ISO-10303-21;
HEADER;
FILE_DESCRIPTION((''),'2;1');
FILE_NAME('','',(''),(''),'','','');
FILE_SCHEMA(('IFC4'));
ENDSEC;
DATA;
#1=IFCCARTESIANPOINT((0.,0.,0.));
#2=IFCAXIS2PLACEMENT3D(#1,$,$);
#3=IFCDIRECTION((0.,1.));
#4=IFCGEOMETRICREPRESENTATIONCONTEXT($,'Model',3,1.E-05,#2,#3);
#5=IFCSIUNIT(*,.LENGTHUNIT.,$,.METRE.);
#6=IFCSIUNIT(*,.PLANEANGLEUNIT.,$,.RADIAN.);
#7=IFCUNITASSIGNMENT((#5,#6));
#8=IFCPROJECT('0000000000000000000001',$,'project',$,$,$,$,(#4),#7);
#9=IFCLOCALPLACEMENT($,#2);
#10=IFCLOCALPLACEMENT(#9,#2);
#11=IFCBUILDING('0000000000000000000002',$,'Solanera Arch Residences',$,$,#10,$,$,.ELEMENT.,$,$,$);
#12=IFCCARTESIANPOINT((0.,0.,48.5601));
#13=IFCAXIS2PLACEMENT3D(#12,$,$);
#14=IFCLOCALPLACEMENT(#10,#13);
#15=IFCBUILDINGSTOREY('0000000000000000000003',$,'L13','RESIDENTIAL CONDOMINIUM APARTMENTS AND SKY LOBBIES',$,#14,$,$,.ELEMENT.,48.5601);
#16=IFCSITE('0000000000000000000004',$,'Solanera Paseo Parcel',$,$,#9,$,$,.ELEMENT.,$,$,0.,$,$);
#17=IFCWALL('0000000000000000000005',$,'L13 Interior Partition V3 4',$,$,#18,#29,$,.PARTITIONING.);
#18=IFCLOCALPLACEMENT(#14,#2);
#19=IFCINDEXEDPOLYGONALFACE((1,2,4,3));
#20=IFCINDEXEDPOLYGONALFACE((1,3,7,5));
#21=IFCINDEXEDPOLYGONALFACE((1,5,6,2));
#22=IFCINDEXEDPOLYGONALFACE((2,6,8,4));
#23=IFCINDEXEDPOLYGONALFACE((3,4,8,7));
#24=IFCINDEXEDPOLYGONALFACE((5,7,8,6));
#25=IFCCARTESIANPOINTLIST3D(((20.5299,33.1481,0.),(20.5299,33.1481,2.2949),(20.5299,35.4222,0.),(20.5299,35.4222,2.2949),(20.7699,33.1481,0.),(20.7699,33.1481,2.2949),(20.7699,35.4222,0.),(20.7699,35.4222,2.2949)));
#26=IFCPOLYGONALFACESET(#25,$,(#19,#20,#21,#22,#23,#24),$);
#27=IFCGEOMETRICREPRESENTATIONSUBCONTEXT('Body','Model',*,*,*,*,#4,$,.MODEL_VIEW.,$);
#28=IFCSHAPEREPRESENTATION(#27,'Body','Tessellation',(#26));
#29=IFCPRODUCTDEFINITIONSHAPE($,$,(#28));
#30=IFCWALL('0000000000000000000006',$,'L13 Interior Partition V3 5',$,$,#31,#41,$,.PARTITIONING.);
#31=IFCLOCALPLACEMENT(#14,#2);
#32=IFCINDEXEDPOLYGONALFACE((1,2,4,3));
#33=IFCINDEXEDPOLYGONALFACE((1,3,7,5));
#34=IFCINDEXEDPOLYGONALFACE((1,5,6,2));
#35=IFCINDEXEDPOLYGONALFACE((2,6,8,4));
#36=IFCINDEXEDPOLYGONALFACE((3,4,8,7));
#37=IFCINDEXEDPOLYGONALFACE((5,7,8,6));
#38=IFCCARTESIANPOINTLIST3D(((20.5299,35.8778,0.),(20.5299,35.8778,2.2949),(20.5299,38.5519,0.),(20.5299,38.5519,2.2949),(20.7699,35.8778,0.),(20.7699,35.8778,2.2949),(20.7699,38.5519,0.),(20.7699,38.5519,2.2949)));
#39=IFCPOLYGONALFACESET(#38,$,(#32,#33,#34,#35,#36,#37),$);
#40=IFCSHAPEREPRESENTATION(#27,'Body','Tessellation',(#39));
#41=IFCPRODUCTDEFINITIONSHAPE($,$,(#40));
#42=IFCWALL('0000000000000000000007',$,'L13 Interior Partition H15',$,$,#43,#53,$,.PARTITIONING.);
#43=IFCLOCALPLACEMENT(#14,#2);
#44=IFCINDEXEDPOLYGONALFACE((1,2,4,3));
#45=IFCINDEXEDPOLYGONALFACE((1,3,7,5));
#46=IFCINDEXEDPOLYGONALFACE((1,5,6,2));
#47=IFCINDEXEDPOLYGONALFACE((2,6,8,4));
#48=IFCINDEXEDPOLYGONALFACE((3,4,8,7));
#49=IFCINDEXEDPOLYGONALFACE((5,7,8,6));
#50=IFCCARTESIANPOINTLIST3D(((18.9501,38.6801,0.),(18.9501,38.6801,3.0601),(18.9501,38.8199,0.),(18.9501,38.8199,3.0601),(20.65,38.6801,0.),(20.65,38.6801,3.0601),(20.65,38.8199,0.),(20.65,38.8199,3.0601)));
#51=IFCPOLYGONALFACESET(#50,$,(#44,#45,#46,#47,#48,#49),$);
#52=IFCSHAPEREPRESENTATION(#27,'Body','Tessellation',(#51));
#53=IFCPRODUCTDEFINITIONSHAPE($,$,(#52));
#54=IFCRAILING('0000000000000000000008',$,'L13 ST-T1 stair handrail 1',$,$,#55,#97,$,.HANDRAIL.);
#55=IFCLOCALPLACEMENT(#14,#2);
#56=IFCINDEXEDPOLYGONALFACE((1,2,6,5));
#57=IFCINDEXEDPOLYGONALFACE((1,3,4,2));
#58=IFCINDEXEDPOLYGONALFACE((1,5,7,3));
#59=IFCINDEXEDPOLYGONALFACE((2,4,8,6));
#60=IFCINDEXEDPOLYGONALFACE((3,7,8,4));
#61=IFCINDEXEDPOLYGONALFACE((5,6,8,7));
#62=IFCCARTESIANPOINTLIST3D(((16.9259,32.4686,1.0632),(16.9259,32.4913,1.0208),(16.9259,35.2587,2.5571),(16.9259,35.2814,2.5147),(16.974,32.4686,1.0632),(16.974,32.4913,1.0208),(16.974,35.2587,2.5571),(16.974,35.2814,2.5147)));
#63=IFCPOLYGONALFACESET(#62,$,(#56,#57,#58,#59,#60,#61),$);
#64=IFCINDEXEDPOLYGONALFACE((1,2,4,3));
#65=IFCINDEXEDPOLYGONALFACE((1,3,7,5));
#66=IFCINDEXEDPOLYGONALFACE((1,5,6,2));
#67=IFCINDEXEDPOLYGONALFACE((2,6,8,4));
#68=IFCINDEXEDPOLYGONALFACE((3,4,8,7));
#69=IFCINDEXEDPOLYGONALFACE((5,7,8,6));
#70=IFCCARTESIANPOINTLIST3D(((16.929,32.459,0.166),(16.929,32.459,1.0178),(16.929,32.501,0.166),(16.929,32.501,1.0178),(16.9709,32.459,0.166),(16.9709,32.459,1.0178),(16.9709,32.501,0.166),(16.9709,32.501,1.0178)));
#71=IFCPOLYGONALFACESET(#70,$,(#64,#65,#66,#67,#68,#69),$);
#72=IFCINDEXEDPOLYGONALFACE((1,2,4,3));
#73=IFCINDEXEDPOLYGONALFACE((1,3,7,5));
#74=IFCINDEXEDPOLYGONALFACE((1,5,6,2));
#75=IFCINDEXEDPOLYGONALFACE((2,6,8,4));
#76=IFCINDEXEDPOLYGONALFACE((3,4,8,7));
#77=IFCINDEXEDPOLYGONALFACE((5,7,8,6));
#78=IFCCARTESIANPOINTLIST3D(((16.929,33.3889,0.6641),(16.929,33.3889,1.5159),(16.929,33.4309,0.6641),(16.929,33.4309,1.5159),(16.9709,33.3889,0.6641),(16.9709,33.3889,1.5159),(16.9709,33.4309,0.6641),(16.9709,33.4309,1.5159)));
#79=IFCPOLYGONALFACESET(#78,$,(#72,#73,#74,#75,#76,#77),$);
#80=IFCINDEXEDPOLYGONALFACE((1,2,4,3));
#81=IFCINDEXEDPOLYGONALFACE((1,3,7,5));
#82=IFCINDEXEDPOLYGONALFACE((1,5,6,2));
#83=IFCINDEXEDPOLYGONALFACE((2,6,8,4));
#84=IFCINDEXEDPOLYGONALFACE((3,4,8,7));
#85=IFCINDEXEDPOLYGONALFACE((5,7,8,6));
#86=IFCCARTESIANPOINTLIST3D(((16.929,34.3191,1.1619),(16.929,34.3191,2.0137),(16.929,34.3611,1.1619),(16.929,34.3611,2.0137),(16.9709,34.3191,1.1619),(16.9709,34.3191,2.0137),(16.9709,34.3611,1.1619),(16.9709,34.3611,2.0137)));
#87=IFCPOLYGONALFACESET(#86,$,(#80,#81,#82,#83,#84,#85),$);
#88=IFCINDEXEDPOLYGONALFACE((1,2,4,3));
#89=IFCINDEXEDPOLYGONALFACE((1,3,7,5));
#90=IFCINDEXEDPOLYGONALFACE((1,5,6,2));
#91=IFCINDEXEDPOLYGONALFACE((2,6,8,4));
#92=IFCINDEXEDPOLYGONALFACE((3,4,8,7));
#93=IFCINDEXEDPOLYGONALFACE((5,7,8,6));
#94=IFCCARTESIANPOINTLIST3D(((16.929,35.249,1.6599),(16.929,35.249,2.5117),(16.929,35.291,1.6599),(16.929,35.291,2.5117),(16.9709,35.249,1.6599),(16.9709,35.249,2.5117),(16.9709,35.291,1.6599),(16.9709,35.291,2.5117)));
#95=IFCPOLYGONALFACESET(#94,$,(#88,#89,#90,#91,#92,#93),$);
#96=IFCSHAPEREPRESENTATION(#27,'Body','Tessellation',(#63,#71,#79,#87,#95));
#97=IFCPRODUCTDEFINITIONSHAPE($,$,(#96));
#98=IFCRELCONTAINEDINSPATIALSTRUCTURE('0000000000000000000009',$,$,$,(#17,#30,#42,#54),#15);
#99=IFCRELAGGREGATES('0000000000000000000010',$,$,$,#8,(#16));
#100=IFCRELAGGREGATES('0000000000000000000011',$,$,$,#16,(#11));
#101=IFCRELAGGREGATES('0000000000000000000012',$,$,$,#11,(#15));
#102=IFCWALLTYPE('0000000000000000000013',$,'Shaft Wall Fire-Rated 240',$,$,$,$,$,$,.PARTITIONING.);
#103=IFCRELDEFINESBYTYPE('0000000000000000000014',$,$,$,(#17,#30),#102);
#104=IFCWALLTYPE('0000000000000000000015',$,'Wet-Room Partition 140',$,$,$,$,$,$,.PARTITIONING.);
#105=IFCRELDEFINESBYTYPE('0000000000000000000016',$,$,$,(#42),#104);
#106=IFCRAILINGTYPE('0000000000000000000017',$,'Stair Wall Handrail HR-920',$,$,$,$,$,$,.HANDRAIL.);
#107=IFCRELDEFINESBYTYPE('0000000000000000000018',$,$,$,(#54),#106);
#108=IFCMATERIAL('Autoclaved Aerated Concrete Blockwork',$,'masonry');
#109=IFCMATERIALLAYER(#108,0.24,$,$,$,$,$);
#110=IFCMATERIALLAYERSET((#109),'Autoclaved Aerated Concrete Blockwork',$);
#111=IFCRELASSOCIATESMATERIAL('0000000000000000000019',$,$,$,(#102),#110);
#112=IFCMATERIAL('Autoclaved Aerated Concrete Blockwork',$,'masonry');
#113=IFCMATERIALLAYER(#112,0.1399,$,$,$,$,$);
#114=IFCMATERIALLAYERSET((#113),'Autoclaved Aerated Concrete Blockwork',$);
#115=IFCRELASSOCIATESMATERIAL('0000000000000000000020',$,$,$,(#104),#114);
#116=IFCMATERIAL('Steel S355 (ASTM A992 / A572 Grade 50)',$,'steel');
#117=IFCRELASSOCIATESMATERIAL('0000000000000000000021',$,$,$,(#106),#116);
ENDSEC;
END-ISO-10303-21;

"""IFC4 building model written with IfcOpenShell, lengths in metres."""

from ifc_helpers import new_model, si_unit, direction, frame, frame_2d, origin, origin_2d, place, context, subcontext, project, spatial, rectangle, extrude, material, layer, layer_set, type_object, element, save


model = new_model("IFC4")

# Units and contexts
model_context = context("Model", 3, precision=1e-05, world=origin(), true_north=direction((0.0, 1.0)))
body_context = subcontext(model_context, "Body", "Model", "MODEL_VIEW")
ifc_project = project(units=[si_unit("LENGTHUNIT", "METRE"), si_unit("PLANEANGLEUNIT", "RADIAN")], contexts=[model_context])

# Site, building, storey
site_placement = place(None, origin())
site = spatial("IfcSite", under=ifc_project, at=site_placement, Name="Solanera Paseo Parcel", CompositionType="ELEMENT", RefElevation=0.0)
building_placement = place(site_placement, origin())
building = spatial("IfcBuilding", under=site, at=building_placement, Name="Solanera Arch Residences", CompositionType="ELEMENT")
storey_placement = place(building_placement, frame((0.0, 0.0, 48.5601)))
storey = spatial("IfcBuildingStorey", under=building, at=storey_placement, Name="L13", Description="RESIDENTIAL CONDOMINIUM APARTMENTS AND SKY LOBBIES", CompositionType="ELEMENT", Elevation=48.5601)

# Shared definitions
ifc_material_1 = material(Name="Autoclaved Aerated Concrete Blockwork", Category="masonry")
ifc_layer_1 = layer(ifc_material_1, 0.24)
ifc_layer_set_1 = layer_set([ifc_layer_1], Name="Autoclaved Aerated Concrete Blockwork")
wall_type_1 = type_object("IfcWallType", Name="Shaft Wall Fire-Rated 240", PredefinedType="PARTITIONING", material=ifc_layer_set_1)

# Walls
wall_1_placement = place(storey_placement, frame((20.6499, 33.1479, 0.0), z_axis=(0.0, 0.0, 1.0), x_axis=(0.0, 1.0, 0.0)))
element("IfcWall", 1, at=wall_1_placement, inside=storey, type_object=wall_type_1, Name="L13 Interior Partition V3 4", PredefinedType="PARTITIONING", context=body_context, shape_type="SweptSolid", body=[
    extrude(rectangle(XDim=2.2742, YDim=0.24, at=frame_2d((1.1372, 0.0))), origin(), (0.0, 0.0, 1.0), 2.2949),
])
wall_2_placement = place(storey_placement, frame((20.6499, 35.8779, 0.0), z_axis=(0.0, 0.0, 1.0), x_axis=(0.0, 1.0, 0.0)))
element("IfcWall", 2, at=wall_2_placement, inside=storey, type_object=wall_type_1, Name="L13 Interior Partition V3 5", PredefinedType="PARTITIONING", context=body_context, shape_type="SweptSolid", body=[
    extrude(rectangle(XDim=2.6741, YDim=0.24, at=frame_2d((1.3369, 0.0))), origin(), (0.0, 0.0, 1.0), 2.2949),
])
ifc_material_2 = material(Name="Autoclaved Aerated Concrete Blockwork", Category="masonry")
ifc_layer_2 = layer(ifc_material_2, 0.1399)
ifc_layer_set_2 = layer_set([ifc_layer_2], Name="Autoclaved Aerated Concrete Blockwork")
wall_type_2 = type_object("IfcWallType", Name="Wet-Room Partition 140", PredefinedType="PARTITIONING", material=ifc_layer_set_2)
wall_3_placement = place(storey_placement, frame((18.95, 38.75, 0.0), z_axis=(0.0, 0.0, 1.0), x_axis=(1.0, 0.0, 0.0)))
element("IfcWall", 3, at=wall_3_placement, inside=storey, type_object=wall_type_2, Name="L13 Interior Partition H15", PredefinedType="PARTITIONING", context=body_context, shape_type="SweptSolid", body=[
    extrude(rectangle(XDim=1.7, YDim=0.1399, at=frame_2d((0.8501, 0.0))), origin(), (0.0, 0.0, 1.0), 3.0601),
])

# Railing
ifc_material_3 = material(Name="Steel S355 (ASTM A992 / A572 Grade 50)", Category="steel")
railing_type = type_object("IfcRailingType", Name="Stair Wall Handrail HR-920", PredefinedType="HANDRAIL", material=ifc_material_3)
railing_placement = place(storey_placement, frame((16.95, 32.48, 0.166)))
element("IfcRailing", 4, at=railing_placement, inside=storey, type_object=railing_type, Name="L13 ST-T1 stair handrail 1", PredefinedType="HANDRAIL", context=body_context, shape_type="SweptSolid", body=[
    extrude(rectangle(XDim=0.0481, YDim=0.0481, at=origin_2d()), frame((0.0, 0.0, 0.876), z_axis=(0.0, 0.881581, 0.472033), x_axis=(-1.0, 0.0, 0.0)), (0.0, 0.0, 1.0), 3.1648),
    extrude(rectangle(XDim=0.042, YDim=0.042, at=origin_2d()), origin(), (0.0, 0.0, 1.0), 0.8518),
    extrude(rectangle(XDim=0.042, YDim=0.042, at=origin_2d()), frame((0.0, 0.9299, 0.498)), (0.0, 0.0, 1.0), 0.8518),
    extrude(rectangle(XDim=0.042, YDim=0.042, at=origin_2d()), frame((0.0, 1.8601, 0.9958)), (0.0, 0.0, 1.0), 0.8518),
    extrude(rectangle(XDim=0.042, YDim=0.042, at=origin_2d()), frame((0.0, 2.79, 1.4939)), (0.0, 0.0, 1.0), 0.8518),
])

save(model, "model.ifc")
